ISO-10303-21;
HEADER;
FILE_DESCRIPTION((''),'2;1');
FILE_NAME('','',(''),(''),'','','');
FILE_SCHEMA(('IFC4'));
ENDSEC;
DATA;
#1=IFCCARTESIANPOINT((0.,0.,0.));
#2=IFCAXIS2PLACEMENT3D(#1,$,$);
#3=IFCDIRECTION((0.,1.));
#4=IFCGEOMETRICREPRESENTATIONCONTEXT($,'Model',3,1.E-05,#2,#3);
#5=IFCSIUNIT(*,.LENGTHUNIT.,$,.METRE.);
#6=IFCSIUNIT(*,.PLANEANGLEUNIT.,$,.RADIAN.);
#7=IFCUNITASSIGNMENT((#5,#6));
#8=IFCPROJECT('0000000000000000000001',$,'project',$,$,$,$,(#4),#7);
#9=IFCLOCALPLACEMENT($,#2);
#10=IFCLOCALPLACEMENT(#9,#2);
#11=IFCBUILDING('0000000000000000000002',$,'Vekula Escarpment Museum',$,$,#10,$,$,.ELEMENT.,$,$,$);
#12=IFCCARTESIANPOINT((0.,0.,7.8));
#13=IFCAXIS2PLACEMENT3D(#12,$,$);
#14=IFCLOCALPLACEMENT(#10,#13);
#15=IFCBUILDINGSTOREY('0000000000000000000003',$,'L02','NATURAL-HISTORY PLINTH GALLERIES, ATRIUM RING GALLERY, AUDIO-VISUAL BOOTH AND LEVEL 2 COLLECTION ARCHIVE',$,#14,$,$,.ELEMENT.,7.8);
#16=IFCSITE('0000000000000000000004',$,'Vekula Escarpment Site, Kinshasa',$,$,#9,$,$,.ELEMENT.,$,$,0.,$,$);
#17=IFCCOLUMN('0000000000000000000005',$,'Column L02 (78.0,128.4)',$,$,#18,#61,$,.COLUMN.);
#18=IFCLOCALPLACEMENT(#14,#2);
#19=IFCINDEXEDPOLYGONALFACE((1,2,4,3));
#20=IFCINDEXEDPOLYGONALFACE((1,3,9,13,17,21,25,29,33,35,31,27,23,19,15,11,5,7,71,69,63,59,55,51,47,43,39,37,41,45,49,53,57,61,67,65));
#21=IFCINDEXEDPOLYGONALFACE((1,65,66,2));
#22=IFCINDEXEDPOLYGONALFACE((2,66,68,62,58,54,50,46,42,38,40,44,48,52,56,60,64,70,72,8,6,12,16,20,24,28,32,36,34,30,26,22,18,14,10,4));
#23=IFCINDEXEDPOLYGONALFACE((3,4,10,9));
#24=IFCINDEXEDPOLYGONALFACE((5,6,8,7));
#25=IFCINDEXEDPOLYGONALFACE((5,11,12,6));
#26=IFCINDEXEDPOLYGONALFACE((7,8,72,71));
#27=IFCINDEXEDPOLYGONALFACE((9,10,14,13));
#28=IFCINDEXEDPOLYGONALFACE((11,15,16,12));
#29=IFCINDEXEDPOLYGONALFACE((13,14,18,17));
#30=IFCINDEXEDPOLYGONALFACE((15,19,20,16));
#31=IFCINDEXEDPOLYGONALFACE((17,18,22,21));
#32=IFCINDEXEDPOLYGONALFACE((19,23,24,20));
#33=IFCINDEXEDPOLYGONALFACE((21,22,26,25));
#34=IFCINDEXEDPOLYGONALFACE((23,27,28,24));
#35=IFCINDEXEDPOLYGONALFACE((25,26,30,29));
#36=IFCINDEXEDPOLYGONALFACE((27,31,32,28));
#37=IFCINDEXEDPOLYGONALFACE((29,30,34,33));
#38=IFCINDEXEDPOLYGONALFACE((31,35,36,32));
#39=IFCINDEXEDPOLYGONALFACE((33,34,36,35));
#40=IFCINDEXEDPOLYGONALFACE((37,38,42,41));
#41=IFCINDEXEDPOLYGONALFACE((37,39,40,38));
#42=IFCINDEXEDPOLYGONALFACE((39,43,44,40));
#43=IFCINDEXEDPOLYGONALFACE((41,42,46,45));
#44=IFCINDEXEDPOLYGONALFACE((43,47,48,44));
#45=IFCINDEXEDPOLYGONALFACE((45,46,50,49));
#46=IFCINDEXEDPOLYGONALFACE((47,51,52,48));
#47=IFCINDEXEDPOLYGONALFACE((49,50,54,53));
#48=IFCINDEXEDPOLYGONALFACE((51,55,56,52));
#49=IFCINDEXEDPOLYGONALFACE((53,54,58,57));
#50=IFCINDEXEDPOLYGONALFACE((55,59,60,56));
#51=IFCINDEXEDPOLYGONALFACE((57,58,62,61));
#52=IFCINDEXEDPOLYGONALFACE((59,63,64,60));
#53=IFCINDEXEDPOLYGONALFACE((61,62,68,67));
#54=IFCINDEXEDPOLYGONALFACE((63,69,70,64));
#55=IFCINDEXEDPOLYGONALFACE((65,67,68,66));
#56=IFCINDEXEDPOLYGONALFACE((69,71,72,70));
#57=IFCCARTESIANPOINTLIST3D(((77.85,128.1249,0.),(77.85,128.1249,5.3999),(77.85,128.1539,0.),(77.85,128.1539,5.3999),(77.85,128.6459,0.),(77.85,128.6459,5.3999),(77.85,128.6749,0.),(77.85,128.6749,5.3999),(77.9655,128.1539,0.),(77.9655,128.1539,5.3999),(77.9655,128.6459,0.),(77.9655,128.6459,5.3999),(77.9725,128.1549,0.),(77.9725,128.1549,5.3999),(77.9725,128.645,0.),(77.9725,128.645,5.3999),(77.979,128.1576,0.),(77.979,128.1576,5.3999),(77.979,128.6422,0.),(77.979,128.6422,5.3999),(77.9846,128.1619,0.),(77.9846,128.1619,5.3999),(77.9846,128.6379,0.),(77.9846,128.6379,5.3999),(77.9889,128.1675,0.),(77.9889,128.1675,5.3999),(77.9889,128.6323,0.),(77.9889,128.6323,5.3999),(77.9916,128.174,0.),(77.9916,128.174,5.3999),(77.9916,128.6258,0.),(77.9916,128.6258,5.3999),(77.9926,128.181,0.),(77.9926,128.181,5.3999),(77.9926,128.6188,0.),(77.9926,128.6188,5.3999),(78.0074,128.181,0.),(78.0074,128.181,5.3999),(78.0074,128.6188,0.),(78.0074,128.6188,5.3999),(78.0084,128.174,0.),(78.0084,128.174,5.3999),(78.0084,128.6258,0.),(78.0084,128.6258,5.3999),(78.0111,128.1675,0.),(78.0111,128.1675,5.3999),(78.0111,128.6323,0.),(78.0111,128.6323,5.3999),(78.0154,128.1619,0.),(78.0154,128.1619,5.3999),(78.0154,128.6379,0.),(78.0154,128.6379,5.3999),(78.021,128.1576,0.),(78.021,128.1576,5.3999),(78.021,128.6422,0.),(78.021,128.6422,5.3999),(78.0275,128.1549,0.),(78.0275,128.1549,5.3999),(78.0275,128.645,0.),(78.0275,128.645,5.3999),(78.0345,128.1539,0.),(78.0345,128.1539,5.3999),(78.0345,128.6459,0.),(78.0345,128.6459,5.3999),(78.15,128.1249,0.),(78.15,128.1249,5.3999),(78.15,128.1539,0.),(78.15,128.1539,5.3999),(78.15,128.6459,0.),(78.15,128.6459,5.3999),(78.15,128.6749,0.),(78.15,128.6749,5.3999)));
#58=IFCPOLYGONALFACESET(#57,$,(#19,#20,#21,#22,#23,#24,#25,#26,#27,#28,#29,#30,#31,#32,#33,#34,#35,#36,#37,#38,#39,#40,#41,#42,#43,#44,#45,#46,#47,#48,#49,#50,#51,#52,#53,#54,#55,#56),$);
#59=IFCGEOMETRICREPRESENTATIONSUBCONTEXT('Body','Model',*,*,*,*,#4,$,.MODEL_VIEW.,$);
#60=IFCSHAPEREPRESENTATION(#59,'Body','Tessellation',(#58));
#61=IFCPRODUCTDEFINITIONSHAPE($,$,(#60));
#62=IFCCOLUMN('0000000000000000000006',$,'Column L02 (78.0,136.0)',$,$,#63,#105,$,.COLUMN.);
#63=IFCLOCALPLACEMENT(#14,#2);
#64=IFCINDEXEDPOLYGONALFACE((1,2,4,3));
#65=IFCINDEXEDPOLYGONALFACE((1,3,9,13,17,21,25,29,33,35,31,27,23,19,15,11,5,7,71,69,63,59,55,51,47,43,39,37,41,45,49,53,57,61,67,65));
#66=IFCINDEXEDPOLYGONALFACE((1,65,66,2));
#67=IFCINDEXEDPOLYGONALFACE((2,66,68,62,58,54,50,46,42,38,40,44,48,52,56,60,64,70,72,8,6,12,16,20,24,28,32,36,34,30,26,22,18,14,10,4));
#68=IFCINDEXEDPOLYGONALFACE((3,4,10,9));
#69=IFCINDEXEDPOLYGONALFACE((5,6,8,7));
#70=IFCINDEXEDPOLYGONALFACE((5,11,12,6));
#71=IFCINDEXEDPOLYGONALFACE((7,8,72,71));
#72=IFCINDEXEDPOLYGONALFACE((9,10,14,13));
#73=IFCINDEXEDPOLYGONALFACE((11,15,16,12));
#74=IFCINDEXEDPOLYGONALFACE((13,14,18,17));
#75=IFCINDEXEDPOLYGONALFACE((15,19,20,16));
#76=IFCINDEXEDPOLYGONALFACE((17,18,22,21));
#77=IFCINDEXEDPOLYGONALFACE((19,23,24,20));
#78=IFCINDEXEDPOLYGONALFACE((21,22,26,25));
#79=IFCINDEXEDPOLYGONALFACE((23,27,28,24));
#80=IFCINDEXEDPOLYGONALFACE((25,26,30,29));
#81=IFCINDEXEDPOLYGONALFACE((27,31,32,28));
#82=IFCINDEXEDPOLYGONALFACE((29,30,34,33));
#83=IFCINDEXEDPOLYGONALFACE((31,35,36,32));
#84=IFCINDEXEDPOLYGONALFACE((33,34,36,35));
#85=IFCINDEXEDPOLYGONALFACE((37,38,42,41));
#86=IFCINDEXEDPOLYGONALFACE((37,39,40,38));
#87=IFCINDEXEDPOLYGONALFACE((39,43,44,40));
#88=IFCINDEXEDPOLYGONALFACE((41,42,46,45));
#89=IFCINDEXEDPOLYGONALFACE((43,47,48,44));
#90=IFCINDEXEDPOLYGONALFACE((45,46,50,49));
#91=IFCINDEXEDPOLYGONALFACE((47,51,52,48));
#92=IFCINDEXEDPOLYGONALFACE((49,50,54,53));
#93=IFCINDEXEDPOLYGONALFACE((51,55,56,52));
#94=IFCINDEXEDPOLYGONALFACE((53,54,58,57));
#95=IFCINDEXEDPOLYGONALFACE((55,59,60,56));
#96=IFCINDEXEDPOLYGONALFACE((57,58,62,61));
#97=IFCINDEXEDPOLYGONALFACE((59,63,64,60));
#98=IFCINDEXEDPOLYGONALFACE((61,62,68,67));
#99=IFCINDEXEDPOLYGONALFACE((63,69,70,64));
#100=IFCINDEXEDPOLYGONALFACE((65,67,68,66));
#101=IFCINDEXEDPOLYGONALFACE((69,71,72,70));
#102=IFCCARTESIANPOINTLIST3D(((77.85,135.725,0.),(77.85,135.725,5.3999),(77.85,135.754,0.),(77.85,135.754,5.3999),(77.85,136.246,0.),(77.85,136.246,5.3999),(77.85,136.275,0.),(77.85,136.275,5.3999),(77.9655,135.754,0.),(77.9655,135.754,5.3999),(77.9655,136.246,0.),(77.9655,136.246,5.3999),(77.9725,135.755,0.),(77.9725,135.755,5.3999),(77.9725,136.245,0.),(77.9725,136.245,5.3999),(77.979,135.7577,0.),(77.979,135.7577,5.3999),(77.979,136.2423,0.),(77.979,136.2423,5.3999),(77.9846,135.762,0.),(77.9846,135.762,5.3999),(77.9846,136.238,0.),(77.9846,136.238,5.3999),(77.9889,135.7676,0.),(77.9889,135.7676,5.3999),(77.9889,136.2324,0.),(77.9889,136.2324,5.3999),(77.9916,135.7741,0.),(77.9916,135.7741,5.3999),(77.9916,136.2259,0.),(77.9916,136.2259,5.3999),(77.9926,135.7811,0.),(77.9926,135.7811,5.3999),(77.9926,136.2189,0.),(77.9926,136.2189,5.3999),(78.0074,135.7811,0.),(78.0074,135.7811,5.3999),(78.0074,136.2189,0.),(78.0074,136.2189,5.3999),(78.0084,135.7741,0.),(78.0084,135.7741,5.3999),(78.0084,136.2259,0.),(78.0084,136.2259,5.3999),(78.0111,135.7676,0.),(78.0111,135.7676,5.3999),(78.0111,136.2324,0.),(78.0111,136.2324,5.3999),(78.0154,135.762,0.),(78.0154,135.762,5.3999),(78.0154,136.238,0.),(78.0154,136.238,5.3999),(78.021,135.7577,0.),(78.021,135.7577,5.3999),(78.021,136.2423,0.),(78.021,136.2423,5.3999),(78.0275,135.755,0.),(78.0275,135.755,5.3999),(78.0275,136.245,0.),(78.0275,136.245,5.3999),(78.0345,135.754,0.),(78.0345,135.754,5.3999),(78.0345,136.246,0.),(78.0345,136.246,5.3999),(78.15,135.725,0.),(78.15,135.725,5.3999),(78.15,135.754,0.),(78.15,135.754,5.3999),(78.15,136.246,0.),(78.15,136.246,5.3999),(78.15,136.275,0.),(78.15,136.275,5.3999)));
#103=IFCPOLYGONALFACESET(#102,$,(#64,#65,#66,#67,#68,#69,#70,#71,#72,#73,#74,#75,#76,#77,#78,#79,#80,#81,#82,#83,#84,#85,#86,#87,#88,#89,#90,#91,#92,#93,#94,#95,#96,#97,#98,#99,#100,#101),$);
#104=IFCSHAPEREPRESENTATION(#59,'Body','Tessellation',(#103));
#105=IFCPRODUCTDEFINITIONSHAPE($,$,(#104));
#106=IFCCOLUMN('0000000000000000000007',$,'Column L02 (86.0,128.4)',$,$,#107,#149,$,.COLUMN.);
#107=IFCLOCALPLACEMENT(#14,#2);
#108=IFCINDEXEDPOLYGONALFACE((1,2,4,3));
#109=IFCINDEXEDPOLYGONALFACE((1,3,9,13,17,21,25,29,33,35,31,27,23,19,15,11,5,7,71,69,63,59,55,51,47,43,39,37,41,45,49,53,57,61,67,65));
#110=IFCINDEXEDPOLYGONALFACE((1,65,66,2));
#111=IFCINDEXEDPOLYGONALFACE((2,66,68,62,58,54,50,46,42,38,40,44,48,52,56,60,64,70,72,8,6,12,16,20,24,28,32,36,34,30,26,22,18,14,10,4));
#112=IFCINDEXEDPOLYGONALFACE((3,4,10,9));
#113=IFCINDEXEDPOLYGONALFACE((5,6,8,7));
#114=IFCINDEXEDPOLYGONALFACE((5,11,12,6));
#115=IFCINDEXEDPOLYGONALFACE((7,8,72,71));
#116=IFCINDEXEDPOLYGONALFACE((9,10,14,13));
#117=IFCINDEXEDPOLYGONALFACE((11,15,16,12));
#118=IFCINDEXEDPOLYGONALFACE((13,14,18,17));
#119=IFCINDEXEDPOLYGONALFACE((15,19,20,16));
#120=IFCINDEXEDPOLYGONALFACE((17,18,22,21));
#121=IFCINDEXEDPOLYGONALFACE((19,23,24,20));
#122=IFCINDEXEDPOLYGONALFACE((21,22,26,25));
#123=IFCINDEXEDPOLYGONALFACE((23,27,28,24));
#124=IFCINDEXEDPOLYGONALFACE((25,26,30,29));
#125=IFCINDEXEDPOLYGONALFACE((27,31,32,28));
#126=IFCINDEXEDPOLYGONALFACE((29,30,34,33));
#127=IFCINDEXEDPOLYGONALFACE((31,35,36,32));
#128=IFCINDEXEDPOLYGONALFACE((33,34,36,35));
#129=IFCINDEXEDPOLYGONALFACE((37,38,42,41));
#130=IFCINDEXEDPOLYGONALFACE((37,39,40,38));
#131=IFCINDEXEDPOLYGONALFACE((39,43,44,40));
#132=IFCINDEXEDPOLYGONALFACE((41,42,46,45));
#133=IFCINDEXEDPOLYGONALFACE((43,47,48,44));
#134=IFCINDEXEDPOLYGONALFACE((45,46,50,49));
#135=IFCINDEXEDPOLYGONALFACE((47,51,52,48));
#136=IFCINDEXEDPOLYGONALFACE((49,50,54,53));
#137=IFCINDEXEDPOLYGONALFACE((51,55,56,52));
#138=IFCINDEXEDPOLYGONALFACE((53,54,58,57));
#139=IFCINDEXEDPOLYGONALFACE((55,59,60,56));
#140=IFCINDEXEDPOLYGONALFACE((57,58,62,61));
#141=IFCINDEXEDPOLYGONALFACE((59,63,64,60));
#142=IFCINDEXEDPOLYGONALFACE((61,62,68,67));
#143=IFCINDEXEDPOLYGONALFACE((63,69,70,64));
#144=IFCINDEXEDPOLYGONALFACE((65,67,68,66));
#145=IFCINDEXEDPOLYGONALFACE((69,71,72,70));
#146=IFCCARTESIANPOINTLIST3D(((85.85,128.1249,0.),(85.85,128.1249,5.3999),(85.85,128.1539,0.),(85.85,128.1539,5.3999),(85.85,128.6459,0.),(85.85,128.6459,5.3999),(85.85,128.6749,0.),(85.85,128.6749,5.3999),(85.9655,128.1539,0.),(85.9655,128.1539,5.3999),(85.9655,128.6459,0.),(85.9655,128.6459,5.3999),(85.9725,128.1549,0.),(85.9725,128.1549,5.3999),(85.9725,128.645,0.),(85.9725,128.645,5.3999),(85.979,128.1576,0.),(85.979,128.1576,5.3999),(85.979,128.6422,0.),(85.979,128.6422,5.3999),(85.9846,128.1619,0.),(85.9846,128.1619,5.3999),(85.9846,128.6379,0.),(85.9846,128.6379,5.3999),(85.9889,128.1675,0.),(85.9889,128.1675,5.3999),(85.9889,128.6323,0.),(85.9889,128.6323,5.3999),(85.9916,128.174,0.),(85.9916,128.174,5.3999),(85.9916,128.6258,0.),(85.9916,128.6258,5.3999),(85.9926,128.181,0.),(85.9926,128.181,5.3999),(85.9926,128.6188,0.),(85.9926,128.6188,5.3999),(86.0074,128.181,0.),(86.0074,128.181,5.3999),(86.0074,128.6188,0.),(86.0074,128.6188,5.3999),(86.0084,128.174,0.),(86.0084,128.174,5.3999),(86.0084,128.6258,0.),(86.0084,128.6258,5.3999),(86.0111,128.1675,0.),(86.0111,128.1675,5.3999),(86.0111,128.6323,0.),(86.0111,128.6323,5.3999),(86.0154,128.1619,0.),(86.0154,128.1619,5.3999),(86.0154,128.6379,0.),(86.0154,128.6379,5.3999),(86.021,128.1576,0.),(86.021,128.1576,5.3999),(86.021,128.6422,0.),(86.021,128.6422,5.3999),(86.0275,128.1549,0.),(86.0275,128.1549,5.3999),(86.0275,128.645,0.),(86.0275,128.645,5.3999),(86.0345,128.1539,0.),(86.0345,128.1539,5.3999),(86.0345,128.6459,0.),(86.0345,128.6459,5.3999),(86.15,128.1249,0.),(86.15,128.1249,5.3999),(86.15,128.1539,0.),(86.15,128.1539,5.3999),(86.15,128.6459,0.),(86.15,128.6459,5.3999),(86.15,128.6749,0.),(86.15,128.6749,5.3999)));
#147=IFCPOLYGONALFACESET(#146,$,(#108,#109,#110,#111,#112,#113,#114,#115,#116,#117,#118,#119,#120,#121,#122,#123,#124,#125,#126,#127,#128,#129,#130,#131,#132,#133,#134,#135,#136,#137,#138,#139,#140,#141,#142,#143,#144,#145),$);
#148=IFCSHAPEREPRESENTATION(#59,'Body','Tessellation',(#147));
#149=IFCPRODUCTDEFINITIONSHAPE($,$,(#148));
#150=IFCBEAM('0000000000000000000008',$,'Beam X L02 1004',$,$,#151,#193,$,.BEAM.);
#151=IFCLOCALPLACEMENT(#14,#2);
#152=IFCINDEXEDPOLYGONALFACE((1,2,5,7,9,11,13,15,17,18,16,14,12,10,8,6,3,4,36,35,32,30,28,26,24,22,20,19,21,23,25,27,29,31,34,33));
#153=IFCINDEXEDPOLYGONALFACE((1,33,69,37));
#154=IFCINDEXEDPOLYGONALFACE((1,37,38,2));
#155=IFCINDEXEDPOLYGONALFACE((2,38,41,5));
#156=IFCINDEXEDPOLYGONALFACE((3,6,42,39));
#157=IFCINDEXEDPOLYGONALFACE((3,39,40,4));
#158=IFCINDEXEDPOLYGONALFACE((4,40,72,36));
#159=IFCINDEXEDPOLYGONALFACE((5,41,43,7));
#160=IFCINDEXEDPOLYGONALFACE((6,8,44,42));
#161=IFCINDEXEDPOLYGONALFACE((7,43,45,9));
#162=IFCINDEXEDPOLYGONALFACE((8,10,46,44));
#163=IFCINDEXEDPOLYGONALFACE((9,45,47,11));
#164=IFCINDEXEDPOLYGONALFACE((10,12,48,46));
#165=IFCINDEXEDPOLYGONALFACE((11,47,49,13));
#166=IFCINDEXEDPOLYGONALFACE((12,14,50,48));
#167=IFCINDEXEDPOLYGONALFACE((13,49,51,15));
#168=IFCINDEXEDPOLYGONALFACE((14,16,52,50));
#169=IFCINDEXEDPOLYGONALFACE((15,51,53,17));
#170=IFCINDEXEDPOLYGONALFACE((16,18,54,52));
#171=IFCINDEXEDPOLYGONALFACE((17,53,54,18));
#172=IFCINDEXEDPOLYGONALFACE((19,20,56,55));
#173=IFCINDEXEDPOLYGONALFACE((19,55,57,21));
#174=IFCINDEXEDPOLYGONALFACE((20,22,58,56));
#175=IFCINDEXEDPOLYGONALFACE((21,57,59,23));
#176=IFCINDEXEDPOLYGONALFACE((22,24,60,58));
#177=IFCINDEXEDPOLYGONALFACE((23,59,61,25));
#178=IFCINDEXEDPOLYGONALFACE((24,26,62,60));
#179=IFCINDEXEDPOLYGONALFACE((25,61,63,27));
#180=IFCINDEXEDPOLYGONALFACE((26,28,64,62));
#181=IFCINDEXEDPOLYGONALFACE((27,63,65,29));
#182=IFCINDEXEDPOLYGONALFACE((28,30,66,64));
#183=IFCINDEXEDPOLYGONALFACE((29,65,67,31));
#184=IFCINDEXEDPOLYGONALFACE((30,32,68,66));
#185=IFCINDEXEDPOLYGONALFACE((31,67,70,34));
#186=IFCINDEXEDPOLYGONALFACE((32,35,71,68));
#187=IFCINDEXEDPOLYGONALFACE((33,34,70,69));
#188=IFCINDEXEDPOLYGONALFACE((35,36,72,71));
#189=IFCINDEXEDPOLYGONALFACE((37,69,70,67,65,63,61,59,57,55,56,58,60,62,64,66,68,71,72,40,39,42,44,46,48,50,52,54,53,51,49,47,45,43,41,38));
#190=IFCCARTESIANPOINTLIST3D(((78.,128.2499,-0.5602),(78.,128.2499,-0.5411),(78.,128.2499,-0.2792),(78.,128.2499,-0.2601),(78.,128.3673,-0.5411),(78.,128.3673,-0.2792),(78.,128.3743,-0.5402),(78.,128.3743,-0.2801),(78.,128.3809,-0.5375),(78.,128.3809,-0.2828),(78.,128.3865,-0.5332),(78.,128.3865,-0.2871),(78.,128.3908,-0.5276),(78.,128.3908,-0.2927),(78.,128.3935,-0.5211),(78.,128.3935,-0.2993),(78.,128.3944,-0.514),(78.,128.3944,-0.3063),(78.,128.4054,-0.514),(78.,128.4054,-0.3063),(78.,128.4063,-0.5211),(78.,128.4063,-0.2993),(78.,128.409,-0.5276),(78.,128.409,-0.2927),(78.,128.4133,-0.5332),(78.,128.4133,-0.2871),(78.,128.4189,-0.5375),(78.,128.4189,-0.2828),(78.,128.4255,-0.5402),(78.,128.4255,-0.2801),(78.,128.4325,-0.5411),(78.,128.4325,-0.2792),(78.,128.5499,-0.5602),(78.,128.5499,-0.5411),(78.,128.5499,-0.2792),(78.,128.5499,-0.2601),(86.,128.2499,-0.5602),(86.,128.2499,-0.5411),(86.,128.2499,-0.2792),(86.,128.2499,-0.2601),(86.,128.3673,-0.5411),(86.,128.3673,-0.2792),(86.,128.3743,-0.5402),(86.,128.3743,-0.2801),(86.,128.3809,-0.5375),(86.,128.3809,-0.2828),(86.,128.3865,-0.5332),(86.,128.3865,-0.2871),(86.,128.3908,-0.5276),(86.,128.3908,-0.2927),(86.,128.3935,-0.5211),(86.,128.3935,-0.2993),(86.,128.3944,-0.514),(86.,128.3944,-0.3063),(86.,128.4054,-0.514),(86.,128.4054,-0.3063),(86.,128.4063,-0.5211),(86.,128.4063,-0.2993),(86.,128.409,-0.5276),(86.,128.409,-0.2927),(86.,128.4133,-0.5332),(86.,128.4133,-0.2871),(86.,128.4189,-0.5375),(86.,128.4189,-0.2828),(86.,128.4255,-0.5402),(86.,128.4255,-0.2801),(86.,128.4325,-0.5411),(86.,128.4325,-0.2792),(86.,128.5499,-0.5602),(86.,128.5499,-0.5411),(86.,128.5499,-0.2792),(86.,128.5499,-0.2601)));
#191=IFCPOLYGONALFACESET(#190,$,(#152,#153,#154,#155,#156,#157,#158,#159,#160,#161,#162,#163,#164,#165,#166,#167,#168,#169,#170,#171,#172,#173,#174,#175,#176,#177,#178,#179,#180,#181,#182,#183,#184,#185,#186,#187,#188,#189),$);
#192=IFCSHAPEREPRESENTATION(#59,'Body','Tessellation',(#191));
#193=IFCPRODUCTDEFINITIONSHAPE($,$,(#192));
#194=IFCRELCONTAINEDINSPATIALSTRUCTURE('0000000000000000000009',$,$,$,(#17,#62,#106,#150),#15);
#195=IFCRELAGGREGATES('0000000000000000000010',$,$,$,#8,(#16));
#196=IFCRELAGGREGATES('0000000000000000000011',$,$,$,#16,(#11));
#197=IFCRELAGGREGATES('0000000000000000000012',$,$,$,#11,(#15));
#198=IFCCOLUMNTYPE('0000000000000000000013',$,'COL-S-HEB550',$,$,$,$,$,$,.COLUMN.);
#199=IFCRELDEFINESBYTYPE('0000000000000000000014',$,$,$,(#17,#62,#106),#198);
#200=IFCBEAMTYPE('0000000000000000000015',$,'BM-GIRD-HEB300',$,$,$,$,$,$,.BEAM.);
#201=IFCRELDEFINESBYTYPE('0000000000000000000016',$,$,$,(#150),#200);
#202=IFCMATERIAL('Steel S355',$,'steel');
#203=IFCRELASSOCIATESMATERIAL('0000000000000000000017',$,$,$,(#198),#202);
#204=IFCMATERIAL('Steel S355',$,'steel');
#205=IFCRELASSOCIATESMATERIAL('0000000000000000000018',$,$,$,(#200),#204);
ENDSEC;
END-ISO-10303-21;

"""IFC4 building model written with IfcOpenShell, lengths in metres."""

from ifc_helpers import new_model, si_unit, direction, frame, origin, origin_2d, place, context, subcontext, project, spatial, i_section, extrude, material, material_profile, profile_set, type_object, element, save


model = new_model("IFC4")

# Units and contexts
model_context = context("Model", 3, precision=1e-05, world=origin(), true_north=direction((0.0, 1.0)))
body_context = subcontext(model_context, "Body", "Model", "MODEL_VIEW")
ifc_project = project(units=[si_unit("LENGTHUNIT", "METRE"), si_unit("PLANEANGLEUNIT", "RADIAN")], contexts=[model_context])

# Site, building, storey
site_placement = place(None, origin())
site = spatial("IfcSite", under=ifc_project, at=site_placement, Name="Vekula Escarpment Site, Kinshasa", CompositionType="ELEMENT", RefElevation=0.0)
building_placement = place(site_placement, origin())
building = spatial("IfcBuilding", under=site, at=building_placement, Name="Vekula Escarpment Museum", CompositionType="ELEMENT")
storey_placement = place(building_placement, frame((0.0, 0.0, 7.8)))
storey = spatial("IfcBuildingStorey", under=building, at=storey_placement, Name="L02", Description="NATURAL-HISTORY PLINTH GALLERIES, ATRIUM RING GALLERY, AUDIO-VISUAL BOOTH AND LEVEL 2 COLLECTION ARCHIVE", CompositionType="ELEMENT", Elevation=7.8)

# Columns
ifc_material_1 = material(Name="Steel S355", Category="steel")
ifc_material_profile_1 = material_profile(ifc_material_1, i_section(OverallWidth=0.3, OverallDepth=0.55, WebThickness=0.0149, FlangeThickness=0.0291, FilletRadius=0.0271, at=origin_2d()), Name="HEB 550")
ifc_profile_set_1 = profile_set([ifc_material_profile_1], Name="Steel S355")
column_type = type_object("IfcColumnType", Name="COL-S-HEB550", PredefinedType="COLUMN", material=ifc_profile_set_1)
for number, where, z_axis, x_axis, name in (
    (1, (78.0, 128.3999, 0.0), (0.0, 0.0, 1.0), (1.0, 0.0, 0.0), "Column L02 (78.0,128.4)"),
    (2, (78.0, 136.0, 0.0), (0.0, 0.0, 1.0), (1.0, 0.0, 0.0), "Column L02 (78.0,136.0)"),
    (3, (86.0, 128.3999, 0.0), (0.0, 0.0, 1.0), (1.0, 0.0, 0.0), "Column L02 (86.0,128.4)"),
):
    element("IfcColumn", number, at=place(storey_placement, frame(where, z_axis=z_axis, x_axis=x_axis)), inside=storey, type_object=column_type, Name=name, PredefinedType="COLUMN", context=body_context, shape_type="SweptSolid", body=[
        extrude(i_section(OverallWidth=0.3, OverallDepth=0.55, WebThickness=0.0149, FlangeThickness=0.0291, FilletRadius=0.0271, at=origin_2d()), origin(), (0.0, 0.0, 1.0), 5.3999),
    ])

# Beam
ifc_material_2 = material(Name="Steel S355", Category="steel")
ifc_material_profile_2 = material_profile(ifc_material_2, i_section(OverallWidth=0.3, OverallDepth=0.3, WebThickness=0.011, FlangeThickness=0.019, FilletRadius=0.0271, at=origin_2d()), Name="HEB 300")
ifc_profile_set_2 = profile_set([ifc_material_profile_2], Name="Steel S355")
beam_type_1 = type_object("IfcBeamType", Name="BM-GIRD-HEB300", PredefinedType="BEAM", material=ifc_profile_set_2)
beam_1_placement = place(storey_placement, frame((78.0, 128.3999, -0.4102), z_axis=(1.0, 0.0, 0.0), x_axis=(0.0, 1.0, 0.0)))
element("IfcBeam", 4, at=beam_1_placement, inside=storey, type_object=beam_type_1, Name="Beam X L02 1004", PredefinedType="BEAM", context=body_context, shape_type="SweptSolid", body=[
    extrude(i_section(OverallWidth=0.3, OverallDepth=0.3, WebThickness=0.011, FlangeThickness=0.019, FilletRadius=0.0271, at=origin_2d()), origin(), (0.0, 0.0, 1.0), 8.0),
])

save(model, "model.ifc")
